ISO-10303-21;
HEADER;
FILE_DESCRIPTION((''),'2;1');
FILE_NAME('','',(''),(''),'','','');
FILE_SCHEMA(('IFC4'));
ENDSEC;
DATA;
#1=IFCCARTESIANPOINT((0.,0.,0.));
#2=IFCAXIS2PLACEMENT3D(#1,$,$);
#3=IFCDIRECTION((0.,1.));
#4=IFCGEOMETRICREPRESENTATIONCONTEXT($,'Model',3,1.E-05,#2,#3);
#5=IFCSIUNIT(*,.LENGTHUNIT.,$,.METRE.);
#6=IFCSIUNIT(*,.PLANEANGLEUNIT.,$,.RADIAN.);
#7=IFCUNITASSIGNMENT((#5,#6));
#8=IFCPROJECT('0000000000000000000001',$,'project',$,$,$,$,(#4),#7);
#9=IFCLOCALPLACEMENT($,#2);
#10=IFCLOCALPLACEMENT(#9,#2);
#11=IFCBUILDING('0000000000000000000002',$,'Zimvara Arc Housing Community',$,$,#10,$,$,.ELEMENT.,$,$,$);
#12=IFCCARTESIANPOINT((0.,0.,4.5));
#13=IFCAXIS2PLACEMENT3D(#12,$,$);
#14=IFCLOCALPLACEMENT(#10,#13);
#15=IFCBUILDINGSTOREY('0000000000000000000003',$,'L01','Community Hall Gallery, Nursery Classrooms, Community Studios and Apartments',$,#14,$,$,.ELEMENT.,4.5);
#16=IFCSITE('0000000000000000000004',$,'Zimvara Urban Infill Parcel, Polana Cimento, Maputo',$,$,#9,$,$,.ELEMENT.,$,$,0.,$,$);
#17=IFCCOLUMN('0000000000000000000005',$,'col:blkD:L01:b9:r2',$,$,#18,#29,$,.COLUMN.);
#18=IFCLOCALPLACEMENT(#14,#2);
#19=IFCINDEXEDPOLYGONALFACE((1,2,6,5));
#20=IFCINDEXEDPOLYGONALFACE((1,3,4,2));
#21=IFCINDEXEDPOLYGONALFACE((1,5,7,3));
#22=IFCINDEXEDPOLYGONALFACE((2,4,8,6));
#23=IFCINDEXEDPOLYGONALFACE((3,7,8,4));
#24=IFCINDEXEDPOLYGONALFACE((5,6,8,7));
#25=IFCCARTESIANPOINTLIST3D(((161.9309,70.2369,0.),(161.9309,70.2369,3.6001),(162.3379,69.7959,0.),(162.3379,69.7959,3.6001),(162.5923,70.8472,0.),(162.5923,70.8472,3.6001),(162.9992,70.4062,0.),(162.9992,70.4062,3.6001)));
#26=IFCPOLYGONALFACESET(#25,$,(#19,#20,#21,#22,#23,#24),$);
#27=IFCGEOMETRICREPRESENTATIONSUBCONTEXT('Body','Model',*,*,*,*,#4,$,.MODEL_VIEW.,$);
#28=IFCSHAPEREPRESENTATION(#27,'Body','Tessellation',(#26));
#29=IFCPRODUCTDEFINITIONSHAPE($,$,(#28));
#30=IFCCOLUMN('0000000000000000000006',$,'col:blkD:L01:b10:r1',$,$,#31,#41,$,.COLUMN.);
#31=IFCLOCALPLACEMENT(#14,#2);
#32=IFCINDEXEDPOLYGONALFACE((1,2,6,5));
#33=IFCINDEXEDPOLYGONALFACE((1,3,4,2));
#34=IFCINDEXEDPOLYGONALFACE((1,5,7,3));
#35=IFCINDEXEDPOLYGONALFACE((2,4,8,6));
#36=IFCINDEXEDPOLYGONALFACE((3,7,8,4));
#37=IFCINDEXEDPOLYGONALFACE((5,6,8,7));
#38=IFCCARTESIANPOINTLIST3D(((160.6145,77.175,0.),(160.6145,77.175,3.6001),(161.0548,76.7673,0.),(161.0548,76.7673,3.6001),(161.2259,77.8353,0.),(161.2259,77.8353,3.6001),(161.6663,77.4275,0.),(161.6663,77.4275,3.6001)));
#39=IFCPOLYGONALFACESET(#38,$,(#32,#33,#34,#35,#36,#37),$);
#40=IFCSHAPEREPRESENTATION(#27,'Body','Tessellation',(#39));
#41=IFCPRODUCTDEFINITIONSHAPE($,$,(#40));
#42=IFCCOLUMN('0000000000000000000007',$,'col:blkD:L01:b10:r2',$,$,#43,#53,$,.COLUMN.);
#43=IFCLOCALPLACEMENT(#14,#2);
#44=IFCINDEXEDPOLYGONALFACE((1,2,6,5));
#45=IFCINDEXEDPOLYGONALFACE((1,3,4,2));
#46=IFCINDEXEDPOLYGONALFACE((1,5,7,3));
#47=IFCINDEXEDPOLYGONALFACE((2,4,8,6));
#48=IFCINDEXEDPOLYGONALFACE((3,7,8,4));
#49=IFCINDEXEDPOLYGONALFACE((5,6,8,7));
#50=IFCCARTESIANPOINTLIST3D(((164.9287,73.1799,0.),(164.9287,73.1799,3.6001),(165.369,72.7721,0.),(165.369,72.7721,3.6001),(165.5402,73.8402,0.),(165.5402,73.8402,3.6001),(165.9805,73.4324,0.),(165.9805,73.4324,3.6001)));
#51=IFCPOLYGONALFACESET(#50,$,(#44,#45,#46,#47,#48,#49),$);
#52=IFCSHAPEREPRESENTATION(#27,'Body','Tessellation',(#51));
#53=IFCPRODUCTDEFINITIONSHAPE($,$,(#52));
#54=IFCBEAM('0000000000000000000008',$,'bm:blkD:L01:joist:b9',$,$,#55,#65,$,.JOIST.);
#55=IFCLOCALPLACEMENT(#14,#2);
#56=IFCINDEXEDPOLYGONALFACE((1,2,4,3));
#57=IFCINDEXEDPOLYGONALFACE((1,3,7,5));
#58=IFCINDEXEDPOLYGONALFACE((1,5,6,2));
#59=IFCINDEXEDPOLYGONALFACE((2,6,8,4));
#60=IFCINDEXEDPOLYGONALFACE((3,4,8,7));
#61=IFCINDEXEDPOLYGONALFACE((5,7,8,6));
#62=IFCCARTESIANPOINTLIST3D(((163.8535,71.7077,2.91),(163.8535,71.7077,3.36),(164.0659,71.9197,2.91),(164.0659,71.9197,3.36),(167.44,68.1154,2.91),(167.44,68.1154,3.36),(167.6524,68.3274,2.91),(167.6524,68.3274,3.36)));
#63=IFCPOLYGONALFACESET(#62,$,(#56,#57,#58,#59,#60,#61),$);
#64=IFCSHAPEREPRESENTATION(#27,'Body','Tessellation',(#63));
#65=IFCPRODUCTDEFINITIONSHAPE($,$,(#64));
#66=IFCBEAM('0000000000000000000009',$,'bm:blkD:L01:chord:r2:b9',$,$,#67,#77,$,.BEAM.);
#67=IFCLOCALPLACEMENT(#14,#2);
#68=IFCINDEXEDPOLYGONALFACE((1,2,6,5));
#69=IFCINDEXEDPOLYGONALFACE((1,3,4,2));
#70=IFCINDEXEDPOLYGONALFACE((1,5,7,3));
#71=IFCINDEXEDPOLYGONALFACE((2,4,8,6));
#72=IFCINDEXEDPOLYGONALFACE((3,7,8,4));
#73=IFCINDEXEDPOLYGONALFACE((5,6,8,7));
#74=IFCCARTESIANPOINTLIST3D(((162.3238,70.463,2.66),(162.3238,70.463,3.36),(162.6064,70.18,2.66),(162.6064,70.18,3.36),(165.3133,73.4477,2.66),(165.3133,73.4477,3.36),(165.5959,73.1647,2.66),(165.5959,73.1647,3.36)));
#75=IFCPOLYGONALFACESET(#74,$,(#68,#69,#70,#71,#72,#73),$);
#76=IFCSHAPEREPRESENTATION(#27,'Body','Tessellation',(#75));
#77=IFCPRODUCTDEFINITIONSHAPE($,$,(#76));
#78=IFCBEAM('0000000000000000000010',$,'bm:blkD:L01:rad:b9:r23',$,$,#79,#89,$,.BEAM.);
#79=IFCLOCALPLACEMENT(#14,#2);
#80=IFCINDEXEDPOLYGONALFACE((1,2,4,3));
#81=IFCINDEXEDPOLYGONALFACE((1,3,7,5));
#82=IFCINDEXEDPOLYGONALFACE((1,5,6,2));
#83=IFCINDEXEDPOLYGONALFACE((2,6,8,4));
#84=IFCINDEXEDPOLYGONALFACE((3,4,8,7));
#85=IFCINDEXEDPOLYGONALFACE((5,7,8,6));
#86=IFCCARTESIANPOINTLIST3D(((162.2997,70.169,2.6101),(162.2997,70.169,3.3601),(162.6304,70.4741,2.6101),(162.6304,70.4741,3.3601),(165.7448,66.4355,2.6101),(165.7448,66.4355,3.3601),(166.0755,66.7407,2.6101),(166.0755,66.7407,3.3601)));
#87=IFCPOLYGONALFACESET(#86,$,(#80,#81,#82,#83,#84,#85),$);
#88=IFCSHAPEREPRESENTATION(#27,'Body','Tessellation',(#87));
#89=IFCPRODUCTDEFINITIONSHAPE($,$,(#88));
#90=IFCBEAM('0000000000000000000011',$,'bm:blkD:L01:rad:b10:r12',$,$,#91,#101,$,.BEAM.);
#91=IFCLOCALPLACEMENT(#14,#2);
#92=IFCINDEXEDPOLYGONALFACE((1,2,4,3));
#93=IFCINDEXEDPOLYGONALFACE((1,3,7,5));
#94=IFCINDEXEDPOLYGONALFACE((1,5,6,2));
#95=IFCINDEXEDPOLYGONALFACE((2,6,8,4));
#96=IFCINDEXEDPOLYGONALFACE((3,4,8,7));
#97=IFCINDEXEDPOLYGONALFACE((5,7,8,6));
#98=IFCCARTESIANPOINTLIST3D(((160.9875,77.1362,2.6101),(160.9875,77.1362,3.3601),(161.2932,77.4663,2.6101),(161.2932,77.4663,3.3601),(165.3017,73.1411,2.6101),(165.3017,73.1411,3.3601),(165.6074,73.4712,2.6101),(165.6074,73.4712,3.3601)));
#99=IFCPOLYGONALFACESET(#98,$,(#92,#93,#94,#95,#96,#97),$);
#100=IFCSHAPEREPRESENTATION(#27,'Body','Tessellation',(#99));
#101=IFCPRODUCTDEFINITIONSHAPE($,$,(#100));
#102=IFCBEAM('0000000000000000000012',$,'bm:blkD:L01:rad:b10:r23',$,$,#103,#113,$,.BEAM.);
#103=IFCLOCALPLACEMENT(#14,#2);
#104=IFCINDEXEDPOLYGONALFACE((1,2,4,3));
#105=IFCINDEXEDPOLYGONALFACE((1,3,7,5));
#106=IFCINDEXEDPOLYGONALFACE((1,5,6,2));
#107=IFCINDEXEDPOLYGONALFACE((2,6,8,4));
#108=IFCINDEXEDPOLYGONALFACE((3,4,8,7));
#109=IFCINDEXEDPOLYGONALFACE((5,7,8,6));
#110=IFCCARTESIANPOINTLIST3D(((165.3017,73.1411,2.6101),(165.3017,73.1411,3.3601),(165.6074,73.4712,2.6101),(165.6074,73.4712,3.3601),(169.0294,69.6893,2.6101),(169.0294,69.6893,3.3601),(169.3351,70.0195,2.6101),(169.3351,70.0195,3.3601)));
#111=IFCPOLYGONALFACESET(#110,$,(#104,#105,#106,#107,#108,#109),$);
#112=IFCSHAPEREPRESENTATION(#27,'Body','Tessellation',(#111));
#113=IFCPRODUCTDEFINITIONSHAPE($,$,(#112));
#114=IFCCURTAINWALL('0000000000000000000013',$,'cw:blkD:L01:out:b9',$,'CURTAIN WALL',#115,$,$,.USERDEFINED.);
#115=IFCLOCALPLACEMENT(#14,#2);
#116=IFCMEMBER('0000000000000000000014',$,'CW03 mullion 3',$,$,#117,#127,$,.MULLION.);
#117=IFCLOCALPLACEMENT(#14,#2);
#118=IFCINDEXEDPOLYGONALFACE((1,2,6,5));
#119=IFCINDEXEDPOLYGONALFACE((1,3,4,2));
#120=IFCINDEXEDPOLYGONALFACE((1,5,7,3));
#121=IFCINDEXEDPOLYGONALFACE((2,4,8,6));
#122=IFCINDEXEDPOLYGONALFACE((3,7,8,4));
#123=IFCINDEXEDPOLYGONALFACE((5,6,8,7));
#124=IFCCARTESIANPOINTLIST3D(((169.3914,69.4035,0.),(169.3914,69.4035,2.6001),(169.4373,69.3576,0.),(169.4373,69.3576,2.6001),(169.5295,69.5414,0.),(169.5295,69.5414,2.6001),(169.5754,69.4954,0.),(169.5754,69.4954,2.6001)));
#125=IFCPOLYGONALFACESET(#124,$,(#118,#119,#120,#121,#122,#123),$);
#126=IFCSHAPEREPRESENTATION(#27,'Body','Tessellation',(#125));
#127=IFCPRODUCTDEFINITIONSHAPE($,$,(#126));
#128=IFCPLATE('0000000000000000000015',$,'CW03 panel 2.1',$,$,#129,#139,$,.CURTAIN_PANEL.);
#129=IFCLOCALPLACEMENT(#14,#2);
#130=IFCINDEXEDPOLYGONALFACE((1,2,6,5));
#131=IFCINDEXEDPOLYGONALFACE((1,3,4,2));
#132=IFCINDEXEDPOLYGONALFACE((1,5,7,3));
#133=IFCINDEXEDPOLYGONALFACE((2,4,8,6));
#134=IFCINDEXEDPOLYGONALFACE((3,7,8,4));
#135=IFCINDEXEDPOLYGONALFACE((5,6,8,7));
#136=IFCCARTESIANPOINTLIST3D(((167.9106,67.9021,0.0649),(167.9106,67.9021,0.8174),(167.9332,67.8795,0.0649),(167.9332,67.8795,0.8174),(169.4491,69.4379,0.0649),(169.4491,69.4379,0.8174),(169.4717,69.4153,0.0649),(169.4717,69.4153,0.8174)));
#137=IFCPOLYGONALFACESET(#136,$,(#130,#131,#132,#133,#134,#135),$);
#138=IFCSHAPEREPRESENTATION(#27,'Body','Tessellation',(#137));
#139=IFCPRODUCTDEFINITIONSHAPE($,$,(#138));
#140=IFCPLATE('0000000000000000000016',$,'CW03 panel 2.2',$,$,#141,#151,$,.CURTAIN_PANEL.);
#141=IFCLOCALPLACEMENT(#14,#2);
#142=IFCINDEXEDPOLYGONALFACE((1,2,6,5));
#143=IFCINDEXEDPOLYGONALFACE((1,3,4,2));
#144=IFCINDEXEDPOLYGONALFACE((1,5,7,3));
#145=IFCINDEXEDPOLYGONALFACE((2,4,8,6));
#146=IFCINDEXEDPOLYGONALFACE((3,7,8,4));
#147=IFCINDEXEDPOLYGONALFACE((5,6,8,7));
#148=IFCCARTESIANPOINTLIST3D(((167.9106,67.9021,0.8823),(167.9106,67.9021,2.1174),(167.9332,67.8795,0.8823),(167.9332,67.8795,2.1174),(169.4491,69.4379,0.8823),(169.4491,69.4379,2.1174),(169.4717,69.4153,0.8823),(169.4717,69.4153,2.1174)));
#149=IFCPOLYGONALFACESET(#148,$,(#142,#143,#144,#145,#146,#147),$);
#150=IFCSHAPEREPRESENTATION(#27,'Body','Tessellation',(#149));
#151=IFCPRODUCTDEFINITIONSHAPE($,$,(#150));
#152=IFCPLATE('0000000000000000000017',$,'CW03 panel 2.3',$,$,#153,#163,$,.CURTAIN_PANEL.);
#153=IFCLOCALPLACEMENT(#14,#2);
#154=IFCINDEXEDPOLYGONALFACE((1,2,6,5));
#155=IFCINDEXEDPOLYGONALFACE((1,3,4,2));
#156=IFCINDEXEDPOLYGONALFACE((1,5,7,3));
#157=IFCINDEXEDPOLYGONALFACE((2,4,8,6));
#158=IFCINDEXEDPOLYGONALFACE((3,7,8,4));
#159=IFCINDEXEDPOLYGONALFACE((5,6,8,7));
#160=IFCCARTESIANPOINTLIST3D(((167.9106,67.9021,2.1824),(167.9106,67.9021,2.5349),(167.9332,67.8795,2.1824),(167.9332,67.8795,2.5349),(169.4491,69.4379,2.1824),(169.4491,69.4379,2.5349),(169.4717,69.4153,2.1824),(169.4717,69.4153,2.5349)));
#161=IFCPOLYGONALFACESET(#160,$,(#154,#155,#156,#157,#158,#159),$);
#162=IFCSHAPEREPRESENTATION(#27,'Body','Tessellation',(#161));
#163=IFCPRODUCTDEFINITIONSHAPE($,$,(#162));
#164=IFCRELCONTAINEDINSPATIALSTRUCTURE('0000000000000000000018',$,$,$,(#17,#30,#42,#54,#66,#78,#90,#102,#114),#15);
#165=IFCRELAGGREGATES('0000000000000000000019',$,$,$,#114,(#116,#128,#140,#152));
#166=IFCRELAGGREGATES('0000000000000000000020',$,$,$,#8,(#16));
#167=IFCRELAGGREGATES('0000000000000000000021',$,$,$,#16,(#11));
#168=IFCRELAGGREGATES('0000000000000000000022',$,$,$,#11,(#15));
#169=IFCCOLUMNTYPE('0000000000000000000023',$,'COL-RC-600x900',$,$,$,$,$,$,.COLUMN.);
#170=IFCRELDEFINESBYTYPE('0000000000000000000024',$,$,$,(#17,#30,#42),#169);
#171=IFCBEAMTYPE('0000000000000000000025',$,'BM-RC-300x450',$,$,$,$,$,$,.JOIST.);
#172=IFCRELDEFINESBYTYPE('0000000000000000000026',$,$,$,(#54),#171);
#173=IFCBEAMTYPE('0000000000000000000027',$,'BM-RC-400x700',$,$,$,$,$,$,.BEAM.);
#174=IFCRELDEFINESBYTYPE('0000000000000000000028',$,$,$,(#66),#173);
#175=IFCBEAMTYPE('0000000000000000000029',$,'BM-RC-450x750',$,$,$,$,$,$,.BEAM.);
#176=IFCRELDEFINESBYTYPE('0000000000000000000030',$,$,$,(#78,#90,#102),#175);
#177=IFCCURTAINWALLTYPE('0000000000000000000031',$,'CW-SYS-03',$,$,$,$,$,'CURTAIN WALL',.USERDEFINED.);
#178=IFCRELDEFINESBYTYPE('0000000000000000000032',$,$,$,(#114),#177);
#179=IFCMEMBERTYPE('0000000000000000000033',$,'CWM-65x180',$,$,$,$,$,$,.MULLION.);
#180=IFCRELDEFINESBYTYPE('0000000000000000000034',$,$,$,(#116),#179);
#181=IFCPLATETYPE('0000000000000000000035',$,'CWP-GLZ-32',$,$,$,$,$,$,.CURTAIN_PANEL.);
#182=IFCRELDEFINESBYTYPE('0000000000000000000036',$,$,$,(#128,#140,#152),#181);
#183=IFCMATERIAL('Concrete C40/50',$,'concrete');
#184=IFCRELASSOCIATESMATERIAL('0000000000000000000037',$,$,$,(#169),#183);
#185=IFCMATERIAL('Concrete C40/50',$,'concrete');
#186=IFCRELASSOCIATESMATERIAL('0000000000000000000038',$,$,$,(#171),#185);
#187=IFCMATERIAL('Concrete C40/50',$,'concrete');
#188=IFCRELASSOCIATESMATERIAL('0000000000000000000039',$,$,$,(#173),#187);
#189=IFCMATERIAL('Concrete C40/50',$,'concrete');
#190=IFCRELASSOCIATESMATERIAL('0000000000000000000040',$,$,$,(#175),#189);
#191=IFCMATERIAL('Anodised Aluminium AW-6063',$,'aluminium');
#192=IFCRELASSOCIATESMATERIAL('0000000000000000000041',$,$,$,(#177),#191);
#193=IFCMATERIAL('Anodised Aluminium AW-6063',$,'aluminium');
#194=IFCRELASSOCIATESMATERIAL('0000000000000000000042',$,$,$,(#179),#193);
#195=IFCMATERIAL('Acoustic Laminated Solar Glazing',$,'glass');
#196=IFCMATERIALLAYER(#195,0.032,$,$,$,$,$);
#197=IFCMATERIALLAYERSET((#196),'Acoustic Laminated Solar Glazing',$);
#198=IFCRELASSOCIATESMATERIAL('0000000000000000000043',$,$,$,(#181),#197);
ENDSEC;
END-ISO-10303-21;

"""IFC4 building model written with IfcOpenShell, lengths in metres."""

from ifc_helpers import new_model, si_unit, direction, frame, origin, origin_2d, place, context, subcontext, project, spatial, rectangle, extrude, material, layer, layer_set, material_profile, profile_set, type_object, element, aggregate, save


model = new_model("IFC4")

# Units and contexts
model_context = context("Model", 3, precision=1e-05, world=origin(), true_north=direction((0.0, 1.0)))
body_context = subcontext(model_context, "Body", "Model", "MODEL_VIEW")
ifc_project = project(units=[si_unit("LENGTHUNIT", "METRE"), si_unit("PLANEANGLEUNIT", "RADIAN")], contexts=[model_context])

# Site, building, storey
site_placement = place(None, origin())
site = spatial("IfcSite", under=ifc_project, at=site_placement, Name="Zimvara Urban Infill Parcel, Polana Cimento, Maputo", CompositionType="ELEMENT", RefElevation=0.0)
building_placement = place(site_placement, origin())
building = spatial("IfcBuilding", under=site, at=building_placement, Name="Zimvara Arc Housing Community", CompositionType="ELEMENT")
storey_placement = place(building_placement, frame((0.0, 0.0, 4.5)))
storey = spatial("IfcBuildingStorey", under=building, at=storey_placement, Name="L01", Description="Community Hall Gallery, Nursery Classrooms, Community Studios and Apartments", CompositionType="ELEMENT", Elevation=4.5)

# Columns
ifc_material_1 = material(Name="Concrete C40/50", Category="concrete")
ifc_material_profile_1 = material_profile(ifc_material_1, rectangle(XDim=0.6001, YDim=0.8999, at=origin_2d()), Name="RC 600x900")
ifc_profile_set_1 = profile_set([ifc_material_profile_1], Name="Concrete C40/50")
column_type_1 = type_object("IfcColumnType", Name="COL-RC-600x900", PredefinedType="COLUMN", material=ifc_profile_set_1)
for number, where, z_axis, x_axis, name in (
    (1, (162.4651, 70.3215, 0.0), (0.0, 0.0, 1.0), (0.67816, -0.734915, 0.0), "col:blkD:L01:b9:r2"),
    (2, (161.1404, 77.3013, 0.0), (0.0, 0.0, 1.0), (0.73373, -0.679441, 0.0), "col:blkD:L01:b10:r1"),
    (3, (165.4546, 73.3062, 0.0), (0.0, 0.0, 1.0), (0.73373, -0.679441, 0.0), "col:blkD:L01:b10:r2"),
):
    element("IfcColumn", number, at=place(storey_placement, frame(where, z_axis=z_axis, x_axis=x_axis)), inside=storey, type_object=column_type_1, Name=name, PredefinedType="COLUMN", context=body_context, shape_type="SweptSolid", body=[
        extrude(rectangle(XDim=0.6001, YDim=0.8999, at=origin_2d()), origin(), (0.0, 0.0, 1.0), 3.6001),
    ])

# Beams
ifc_material_2 = material(Name="Concrete C40/50", Category="concrete")
ifc_material_profile_2 = material_profile(ifc_material_2, rectangle(XDim=0.3, YDim=0.45, at=origin_2d()), Name="RC 300x450")
ifc_profile_set_2 = profile_set([ifc_material_profile_2], Name="Concrete C40/50")
beam_type_1 = type_object("IfcBeamType", Name="BM-RC-300x450", PredefinedType="JOIST", material=ifc_profile_set_2)
beam_1_placement = place(storey_placement, frame((163.9597, 71.8137, 3.135), z_axis=(0.706529, -0.707684, 0.0), x_axis=(0.707684, 0.706529, 0.0)))
element("IfcBeam", 4, at=beam_1_placement, inside=storey, type_object=beam_type_1, Name="bm:blkD:L01:joist:b9", PredefinedType="JOIST", context=body_context, shape_type="SweptSolid", body=[
    extrude(rectangle(XDim=0.3, YDim=0.45, at=origin_2d()), origin(), (0.0, 0.0, 1.0), 5.0762),
])
ifc_material_3 = material(Name="Concrete C40/50", Category="concrete")
ifc_material_profile_3 = material_profile(ifc_material_3, rectangle(XDim=0.3999, YDim=0.7, at=origin_2d()), Name="RC 400x700")
ifc_profile_set_3 = profile_set([ifc_material_profile_3], Name="Concrete C40/50")
beam_type_2 = type_object("IfcBeamType", Name="BM-RC-400x700", PredefinedType="BEAM", material=ifc_profile_set_3)
beam_2_placement = place(storey_placement, frame((162.4651, 70.3215, 3.01), z_axis=(0.707684, 0.706529, 0.0), x_axis=(-0.706529, 0.707684, 0.0)))
element("IfcBeam", 5, at=beam_2_placement, inside=storey, type_object=beam_type_2, Name="bm:blkD:L01:chord:r2:b9", PredefinedType="BEAM", context=body_context, shape_type="SweptSolid", body=[
    extrude(rectangle(XDim=0.3999, YDim=0.7, at=origin_2d()), origin(), (0.0, 0.0, 1.0), 4.2244),
])
ifc_material_4 = material(Name="Concrete C40/50", Category="concrete")
ifc_material_profile_4 = material_profile(ifc_material_4, rectangle(XDim=0.45, YDim=0.75, at=origin_2d()), Name="RC 450x750")
ifc_profile_set_4 = profile_set([ifc_material_profile_4], Name="Concrete C40/50")
beam_type_3 = type_object("IfcBeamType", Name="BM-RC-450x750", PredefinedType="BEAM", material=ifc_profile_set_4)
beam_3_placement = place(storey_placement, frame((162.4651, 70.3215, 2.9851), z_axis=(0.678158, -0.734916, 0.0), x_axis=(0.734916, 0.678158, 0.0)))
element("IfcBeam", 6, at=beam_3_placement, inside=storey, type_object=beam_type_3, Name="bm:blkD:L01:rad:b9:r23", PredefinedType="BEAM", context=body_context, shape_type="SweptSolid", body=[
    extrude(rectangle(XDim=0.45, YDim=0.75, at=origin_2d()), origin(), (0.0, 0.0, 1.0), 5.0801),
])
beam_4_placement = place(storey_placement, frame((161.1404, 77.3013, 2.9851), z_axis=(0.73372, -0.679452, 0.0), x_axis=(0.679452, 0.73372, 0.0)))
element("IfcBeam", 7, at=beam_4_placement, inside=storey, type_object=beam_type_3, Name="bm:blkD:L01:rad:b10:r12", PredefinedType="BEAM", context=body_context, shape_type="SweptSolid", body=[
    extrude(rectangle(XDim=0.45, YDim=0.75, at=origin_2d()), origin(), (0.0, 0.0, 1.0), 5.8799),
])
beam_5_placement = place(storey_placement, frame((165.4546, 73.3062, 2.9851), z_axis=(0.733738, -0.679433, 0.0), x_axis=(0.679433, 0.733738, 0.0)))
element("IfcBeam", 8, at=beam_5_placement, inside=storey, type_object=beam_type_3, Name="bm:blkD:L01:rad:b10:r23", PredefinedType="BEAM", context=body_context, shape_type="SweptSolid", body=[
    extrude(rectangle(XDim=0.45, YDim=0.75, at=origin_2d()), origin(), (0.0, 0.0, 1.0), 5.0803),
])

# Curtain wall, member, plates
ifc_material_5 = material(Name="Anodised Aluminium AW-6063", Category="aluminium")
curtain_wall_type = type_object("IfcCurtainWallType", Name="CW-SYS-03", ElementType="CURTAIN WALL", PredefinedType="USERDEFINED", material=ifc_material_5)
curtain_wall_placement = place(storey_placement, origin())
curtain_wall = element("IfcCurtainWall", 9, at=curtain_wall_placement, inside=storey, type_object=curtain_wall_type, Name="cw:blkD:L01:out:b9", ObjectType="CURTAIN WALL", PredefinedType="USERDEFINED")
ifc_material_6 = material(Name="Anodised Aluminium AW-6063", Category="aluminium")
ifc_material_profile_5 = material_profile(ifc_material_6, rectangle(XDim=0.0649, YDim=0.1951, at=origin_2d()), Name="ALU 65x195")
ifc_profile_set_5 = profile_set([ifc_material_profile_5], Name="Anodised Aluminium AW-6063")
member_type = type_object("IfcMemberType", Name="CWM-65x180", PredefinedType="MULLION", material=ifc_profile_set_5)
member_placement = place(storey_placement, frame((169.4834, 69.4495, 0.0), z_axis=(0.0, 0.0, 1.0), x_axis=(-0.706489, 0.707724, 0.0)))
member = element("IfcMember", 10, at=member_placement, type_object=member_type, Name="CW03 mullion 3", PredefinedType="MULLION", context=body_context, shape_type="SweptSolid", body=[
    extrude(rectangle(XDim=0.0649, YDim=0.1951, at=origin_2d()), origin(), (0.0, 0.0, 1.0), 2.6001),
])
ifc_material_7 = material(Name="Acoustic Laminated Solar Glazing", Category="glass")
ifc_layer_1 = layer(ifc_material_7, 0.032)
ifc_layer_set_1 = layer_set([ifc_layer_1], Name="Acoustic Laminated Solar Glazing")
plate_type = type_object("IfcPlateType", Name="CWP-GLZ-32", PredefinedType="CURTAIN_PANEL", material=ifc_layer_set_1)
plate_1_placement = place(storey_placement, frame((168.6912, 68.6587, 0.0649), z_axis=(0.0, 0.0, 1.0), x_axis=(0.707724, 0.706489, 0.0)))
plate_1 = element("IfcPlate", 11, at=plate_1_placement, type_object=plate_type, Name="CW03 panel 2.1", PredefinedType="CURTAIN_PANEL", context=body_context, shape_type="SweptSolid", body=[
    extrude(rectangle(XDim=2.1738, YDim=0.032, at=origin_2d()), origin(), (0.0, 0.0, 1.0), 0.7524),
])
plate_2_placement = place(storey_placement, frame((168.6912, 68.6587, 0.8823), z_axis=(0.0, 0.0, 1.0), x_axis=(0.707724, 0.706489, 0.0)))
plate_2 = element("IfcPlate", 12, at=plate_2_placement, type_object=plate_type, Name="CW03 panel 2.2", PredefinedType="CURTAIN_PANEL", context=body_context, shape_type="SweptSolid", body=[
    extrude(rectangle(XDim=2.1738, YDim=0.032, at=origin_2d()), origin(), (0.0, 0.0, 1.0), 1.2351),
])
plate_3_placement = place(storey_placement, frame((168.6912, 68.6587, 2.1824), z_axis=(0.0, 0.0, 1.0), x_axis=(0.707724, 0.706489, 0.0)))
plate_3 = element("IfcPlate", 13, at=plate_3_placement, type_object=plate_type, Name="CW03 panel 2.3", PredefinedType="CURTAIN_PANEL", context=body_context, shape_type="SweptSolid", body=[
    extrude(rectangle(XDim=2.1738, YDim=0.032, at=origin_2d()), origin(), (0.0, 0.0, 1.0), 0.3525),
])
aggregate(curtain_wall, [member, plate_1, plate_2, plate_3])

save(model, "model.ifc")
